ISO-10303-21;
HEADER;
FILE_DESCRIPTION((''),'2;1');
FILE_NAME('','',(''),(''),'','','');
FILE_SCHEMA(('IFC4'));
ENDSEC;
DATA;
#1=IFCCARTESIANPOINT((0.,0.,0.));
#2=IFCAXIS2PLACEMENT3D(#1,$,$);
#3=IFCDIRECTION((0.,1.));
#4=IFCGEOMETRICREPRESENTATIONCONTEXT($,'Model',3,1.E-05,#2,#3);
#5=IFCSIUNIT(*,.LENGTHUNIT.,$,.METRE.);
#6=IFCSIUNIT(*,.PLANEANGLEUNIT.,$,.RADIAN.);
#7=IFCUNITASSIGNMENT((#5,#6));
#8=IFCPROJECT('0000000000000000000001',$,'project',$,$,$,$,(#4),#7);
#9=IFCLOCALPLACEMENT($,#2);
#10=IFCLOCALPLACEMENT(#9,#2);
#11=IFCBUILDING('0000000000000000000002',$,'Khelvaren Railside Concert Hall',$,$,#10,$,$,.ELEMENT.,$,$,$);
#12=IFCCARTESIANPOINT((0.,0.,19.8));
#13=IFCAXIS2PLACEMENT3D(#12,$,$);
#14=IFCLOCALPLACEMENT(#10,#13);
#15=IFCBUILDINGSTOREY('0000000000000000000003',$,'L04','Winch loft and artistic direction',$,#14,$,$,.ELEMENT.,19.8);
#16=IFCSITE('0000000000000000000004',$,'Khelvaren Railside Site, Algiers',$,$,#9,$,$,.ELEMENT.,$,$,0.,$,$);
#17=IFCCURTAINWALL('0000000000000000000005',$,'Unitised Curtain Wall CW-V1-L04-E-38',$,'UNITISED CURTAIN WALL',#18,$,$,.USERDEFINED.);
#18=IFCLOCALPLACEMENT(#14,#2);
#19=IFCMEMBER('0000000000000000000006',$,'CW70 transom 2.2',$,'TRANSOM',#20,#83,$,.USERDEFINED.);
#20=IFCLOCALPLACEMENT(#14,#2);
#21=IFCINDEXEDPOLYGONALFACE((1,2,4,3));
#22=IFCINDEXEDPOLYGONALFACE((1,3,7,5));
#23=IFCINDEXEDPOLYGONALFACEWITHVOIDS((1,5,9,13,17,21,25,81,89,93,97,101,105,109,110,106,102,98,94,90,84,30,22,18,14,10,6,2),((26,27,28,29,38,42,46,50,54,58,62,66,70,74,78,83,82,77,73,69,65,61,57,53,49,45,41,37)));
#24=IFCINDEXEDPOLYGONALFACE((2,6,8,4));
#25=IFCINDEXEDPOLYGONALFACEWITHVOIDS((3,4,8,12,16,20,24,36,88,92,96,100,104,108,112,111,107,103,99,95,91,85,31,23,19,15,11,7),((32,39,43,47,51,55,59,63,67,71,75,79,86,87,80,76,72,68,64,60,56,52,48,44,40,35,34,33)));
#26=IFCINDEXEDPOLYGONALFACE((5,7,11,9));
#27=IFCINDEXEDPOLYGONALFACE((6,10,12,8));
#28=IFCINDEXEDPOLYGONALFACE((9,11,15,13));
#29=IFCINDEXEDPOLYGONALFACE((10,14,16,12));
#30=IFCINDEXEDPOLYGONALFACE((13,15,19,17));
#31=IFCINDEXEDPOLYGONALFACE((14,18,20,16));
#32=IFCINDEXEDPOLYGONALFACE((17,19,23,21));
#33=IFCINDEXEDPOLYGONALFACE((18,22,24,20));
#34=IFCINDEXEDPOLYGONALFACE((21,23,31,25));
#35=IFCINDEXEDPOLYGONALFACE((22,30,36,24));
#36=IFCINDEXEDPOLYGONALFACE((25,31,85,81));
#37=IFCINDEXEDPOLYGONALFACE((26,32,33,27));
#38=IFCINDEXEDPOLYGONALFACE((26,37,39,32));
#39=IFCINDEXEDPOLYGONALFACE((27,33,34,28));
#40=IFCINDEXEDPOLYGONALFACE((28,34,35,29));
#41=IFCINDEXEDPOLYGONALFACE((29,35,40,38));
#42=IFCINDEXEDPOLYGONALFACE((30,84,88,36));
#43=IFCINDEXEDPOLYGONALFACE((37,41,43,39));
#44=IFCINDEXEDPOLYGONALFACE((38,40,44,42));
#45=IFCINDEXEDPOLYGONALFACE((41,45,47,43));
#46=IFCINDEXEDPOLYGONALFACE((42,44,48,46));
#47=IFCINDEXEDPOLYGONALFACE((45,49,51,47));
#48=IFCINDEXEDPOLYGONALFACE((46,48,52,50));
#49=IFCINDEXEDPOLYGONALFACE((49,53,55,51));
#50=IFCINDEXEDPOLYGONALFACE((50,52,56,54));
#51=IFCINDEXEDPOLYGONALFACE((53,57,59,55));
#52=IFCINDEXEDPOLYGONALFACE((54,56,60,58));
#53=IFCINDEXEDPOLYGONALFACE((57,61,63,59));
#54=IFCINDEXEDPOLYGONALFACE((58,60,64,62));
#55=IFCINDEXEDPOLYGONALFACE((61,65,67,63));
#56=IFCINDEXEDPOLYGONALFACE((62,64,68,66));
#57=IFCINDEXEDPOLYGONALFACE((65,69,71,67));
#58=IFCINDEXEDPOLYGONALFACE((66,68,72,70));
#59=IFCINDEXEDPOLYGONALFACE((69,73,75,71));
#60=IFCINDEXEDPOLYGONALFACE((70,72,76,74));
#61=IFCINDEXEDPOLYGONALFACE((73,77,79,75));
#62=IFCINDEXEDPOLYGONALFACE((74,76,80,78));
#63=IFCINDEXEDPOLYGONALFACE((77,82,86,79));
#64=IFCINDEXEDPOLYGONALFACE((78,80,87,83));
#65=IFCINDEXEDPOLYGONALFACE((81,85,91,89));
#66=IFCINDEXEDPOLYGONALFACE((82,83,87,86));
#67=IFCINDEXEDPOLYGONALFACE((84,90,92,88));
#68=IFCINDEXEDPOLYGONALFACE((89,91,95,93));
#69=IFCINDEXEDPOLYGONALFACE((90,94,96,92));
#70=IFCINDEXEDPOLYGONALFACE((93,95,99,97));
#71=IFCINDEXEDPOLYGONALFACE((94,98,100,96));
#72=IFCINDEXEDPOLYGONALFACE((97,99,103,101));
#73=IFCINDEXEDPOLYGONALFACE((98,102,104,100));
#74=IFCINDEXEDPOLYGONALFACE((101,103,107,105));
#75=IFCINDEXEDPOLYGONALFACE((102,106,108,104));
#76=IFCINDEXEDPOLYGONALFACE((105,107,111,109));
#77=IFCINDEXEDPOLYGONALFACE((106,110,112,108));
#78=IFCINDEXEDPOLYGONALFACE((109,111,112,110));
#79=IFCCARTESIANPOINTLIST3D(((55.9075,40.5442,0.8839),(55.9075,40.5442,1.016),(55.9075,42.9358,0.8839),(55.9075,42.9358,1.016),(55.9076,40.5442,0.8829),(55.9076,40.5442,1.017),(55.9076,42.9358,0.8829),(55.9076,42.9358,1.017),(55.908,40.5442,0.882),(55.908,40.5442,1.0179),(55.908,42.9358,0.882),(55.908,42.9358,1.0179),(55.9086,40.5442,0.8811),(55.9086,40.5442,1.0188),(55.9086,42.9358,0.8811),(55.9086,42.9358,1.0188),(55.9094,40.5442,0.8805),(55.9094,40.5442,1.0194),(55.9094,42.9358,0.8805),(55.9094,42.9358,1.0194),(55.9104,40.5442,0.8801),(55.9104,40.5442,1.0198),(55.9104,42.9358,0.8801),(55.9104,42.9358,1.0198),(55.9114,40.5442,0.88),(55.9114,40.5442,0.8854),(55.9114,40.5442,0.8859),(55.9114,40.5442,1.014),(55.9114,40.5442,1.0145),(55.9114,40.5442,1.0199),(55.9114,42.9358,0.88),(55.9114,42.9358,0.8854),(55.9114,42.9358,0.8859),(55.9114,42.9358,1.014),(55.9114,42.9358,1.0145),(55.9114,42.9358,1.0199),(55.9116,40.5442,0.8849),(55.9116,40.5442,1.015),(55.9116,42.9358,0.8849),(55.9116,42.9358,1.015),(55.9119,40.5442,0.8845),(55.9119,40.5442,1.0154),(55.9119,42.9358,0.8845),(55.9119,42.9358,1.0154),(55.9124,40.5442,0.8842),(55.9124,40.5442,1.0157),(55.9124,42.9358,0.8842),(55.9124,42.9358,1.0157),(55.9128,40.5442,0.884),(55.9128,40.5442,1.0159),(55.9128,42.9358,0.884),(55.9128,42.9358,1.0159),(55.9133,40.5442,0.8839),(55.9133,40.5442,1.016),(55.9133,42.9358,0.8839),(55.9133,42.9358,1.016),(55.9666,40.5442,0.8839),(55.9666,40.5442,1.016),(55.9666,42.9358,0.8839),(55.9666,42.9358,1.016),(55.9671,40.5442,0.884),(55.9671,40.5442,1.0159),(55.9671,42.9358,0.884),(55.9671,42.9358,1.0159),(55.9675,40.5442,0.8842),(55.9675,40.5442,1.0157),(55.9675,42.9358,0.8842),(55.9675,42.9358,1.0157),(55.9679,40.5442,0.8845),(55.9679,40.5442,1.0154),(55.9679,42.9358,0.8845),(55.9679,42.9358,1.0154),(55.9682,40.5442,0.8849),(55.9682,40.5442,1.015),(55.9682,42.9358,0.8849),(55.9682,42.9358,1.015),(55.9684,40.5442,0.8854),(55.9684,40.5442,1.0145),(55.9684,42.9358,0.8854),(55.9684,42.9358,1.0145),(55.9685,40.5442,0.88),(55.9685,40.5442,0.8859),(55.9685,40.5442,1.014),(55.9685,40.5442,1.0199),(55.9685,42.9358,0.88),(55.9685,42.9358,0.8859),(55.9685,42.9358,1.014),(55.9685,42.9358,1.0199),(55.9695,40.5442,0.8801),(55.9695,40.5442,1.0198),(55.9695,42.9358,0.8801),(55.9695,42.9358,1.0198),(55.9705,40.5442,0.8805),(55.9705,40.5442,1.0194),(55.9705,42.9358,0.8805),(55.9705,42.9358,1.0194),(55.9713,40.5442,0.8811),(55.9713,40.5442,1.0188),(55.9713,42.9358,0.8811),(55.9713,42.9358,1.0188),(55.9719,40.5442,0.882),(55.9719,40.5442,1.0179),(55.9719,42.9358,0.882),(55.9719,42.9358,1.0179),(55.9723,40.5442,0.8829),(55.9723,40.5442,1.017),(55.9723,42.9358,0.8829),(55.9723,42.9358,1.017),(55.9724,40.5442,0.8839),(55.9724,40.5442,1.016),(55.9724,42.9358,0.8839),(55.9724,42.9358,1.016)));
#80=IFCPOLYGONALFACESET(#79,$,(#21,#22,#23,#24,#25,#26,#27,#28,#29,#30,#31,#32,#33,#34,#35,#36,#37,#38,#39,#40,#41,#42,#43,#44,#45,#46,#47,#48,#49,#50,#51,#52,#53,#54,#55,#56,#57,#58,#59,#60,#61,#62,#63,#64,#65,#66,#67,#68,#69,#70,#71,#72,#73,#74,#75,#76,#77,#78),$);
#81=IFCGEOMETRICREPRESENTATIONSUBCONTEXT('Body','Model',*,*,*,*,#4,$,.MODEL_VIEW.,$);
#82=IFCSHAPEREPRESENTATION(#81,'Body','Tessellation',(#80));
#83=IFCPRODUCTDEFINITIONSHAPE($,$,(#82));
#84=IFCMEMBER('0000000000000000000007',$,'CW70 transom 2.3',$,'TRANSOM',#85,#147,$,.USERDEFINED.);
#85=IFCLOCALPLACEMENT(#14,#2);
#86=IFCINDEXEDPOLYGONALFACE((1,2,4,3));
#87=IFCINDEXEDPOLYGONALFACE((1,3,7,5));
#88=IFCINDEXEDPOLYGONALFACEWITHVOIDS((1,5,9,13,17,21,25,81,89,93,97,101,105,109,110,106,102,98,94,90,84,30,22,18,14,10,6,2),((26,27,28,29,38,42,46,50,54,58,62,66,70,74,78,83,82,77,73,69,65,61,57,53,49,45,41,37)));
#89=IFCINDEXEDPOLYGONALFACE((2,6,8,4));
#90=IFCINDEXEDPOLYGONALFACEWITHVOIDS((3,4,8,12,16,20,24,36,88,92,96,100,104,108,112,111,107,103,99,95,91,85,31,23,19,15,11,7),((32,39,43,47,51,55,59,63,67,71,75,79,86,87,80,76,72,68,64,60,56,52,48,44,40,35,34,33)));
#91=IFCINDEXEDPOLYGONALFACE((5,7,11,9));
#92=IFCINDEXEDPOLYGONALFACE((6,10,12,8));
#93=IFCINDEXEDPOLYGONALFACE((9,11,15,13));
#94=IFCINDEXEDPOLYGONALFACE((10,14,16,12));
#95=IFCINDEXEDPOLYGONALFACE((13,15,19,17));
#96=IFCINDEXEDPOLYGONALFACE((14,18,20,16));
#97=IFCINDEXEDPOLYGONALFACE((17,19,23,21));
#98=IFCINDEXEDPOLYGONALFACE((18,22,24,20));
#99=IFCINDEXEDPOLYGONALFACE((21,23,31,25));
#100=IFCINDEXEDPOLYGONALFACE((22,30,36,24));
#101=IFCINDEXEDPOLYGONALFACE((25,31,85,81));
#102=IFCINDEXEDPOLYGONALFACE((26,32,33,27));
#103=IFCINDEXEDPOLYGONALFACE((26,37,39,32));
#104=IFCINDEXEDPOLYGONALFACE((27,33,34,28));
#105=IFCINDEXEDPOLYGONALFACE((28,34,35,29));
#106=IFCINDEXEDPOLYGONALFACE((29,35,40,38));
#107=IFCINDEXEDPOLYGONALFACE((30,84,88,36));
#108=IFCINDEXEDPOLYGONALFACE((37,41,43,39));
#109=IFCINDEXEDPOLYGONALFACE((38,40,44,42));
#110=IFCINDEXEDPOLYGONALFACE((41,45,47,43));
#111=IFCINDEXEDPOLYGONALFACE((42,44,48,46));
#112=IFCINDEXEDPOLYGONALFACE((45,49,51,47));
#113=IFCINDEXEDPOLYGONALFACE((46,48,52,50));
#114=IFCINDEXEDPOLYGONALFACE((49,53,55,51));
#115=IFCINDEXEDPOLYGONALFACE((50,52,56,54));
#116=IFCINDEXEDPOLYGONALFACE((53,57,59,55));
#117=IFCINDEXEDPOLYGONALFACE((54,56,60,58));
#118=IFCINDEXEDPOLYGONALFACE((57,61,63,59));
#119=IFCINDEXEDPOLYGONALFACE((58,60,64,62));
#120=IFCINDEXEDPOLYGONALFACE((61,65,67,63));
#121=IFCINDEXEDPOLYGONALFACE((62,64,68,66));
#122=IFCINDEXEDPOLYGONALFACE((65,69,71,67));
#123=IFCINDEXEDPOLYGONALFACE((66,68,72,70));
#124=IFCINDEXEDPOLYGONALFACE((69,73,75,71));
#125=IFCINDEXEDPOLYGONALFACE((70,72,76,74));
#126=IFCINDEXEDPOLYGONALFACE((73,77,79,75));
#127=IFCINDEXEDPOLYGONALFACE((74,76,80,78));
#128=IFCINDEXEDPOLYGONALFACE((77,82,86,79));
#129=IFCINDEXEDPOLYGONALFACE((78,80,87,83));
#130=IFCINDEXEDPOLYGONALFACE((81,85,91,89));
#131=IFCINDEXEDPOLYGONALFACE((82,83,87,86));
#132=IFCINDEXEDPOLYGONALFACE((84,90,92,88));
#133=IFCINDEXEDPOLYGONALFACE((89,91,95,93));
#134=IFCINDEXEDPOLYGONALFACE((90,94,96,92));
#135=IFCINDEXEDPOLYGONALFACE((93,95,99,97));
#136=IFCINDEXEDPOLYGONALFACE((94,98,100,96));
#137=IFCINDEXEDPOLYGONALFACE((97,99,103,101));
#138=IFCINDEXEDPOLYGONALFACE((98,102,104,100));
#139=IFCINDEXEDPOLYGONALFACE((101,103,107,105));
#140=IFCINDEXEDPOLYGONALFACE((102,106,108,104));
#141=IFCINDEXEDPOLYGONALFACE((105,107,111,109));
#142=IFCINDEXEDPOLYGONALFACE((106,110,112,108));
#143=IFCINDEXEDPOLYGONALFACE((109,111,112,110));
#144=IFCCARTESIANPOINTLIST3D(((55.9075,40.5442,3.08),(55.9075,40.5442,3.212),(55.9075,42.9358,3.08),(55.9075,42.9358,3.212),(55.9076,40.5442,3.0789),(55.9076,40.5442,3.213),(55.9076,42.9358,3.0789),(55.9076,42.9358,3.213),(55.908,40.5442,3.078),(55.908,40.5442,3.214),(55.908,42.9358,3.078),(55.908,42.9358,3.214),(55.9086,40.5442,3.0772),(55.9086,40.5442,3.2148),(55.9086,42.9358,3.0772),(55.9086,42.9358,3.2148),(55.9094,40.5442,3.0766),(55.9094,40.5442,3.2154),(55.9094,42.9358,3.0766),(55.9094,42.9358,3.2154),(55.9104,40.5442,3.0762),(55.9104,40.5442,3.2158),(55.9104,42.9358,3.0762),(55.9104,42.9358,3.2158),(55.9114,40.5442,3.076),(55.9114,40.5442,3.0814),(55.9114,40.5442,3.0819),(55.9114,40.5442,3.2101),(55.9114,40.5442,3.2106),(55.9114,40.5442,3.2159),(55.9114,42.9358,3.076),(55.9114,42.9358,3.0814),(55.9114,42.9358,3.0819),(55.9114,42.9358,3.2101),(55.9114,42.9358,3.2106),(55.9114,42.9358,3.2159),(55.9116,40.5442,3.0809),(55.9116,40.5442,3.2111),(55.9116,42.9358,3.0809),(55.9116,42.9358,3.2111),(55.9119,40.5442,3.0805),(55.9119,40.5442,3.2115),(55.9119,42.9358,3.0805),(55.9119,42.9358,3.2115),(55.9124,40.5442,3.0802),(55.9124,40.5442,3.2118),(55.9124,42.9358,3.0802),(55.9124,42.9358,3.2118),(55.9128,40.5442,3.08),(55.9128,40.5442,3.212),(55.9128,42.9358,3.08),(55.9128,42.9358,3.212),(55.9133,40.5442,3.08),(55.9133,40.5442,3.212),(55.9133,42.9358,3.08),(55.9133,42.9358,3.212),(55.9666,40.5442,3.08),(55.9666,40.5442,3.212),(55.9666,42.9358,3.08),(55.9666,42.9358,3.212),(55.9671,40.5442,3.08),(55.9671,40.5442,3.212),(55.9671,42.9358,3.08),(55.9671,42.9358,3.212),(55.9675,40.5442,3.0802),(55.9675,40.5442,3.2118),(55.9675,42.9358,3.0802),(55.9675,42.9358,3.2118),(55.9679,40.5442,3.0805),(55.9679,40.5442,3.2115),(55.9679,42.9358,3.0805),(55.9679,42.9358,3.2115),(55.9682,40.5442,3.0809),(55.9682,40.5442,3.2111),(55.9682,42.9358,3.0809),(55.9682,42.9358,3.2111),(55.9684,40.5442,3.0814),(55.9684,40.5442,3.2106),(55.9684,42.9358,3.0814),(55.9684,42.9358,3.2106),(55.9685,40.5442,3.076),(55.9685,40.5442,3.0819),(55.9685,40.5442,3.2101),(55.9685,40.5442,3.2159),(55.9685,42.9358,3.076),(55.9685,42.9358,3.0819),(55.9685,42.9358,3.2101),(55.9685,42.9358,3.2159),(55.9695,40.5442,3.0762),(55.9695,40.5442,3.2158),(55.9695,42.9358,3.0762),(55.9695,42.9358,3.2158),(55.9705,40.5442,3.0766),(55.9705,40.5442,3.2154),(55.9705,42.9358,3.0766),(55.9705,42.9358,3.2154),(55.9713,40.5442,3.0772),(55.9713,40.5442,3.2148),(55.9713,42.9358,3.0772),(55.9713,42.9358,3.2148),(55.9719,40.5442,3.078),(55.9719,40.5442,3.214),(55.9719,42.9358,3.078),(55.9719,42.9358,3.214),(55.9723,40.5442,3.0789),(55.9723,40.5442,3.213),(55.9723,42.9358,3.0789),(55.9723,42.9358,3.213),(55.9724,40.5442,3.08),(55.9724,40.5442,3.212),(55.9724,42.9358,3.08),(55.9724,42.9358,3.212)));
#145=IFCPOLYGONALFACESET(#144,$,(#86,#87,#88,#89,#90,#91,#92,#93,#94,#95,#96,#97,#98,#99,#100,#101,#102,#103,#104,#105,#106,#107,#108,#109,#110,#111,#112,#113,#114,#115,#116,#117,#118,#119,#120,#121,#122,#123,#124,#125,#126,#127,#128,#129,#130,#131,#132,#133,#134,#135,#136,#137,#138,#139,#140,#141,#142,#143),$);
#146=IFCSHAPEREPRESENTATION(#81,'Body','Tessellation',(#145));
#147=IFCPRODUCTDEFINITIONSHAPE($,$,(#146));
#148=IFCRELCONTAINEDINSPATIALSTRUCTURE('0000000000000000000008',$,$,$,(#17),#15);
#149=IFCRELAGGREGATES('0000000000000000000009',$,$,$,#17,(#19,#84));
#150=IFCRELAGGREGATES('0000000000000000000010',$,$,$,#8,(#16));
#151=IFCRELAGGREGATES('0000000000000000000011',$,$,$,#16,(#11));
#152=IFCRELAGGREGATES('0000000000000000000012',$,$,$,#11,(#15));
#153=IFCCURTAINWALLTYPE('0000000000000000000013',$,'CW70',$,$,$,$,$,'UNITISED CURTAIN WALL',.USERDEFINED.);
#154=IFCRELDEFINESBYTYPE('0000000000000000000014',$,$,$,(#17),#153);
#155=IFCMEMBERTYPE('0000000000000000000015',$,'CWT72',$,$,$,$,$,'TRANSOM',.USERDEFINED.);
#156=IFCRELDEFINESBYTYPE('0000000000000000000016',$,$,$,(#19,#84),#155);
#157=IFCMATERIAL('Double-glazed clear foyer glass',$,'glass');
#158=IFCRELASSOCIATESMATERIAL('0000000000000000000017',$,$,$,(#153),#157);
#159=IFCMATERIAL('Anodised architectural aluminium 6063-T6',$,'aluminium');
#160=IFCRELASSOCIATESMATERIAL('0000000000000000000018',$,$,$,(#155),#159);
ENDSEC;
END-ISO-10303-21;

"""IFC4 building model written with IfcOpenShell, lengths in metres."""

from ifc_helpers import new_model, si_unit, direction, frame, origin, origin_2d, place, context, subcontext, project, spatial, hollow_rectangle, extrude, material, material_profile, profile_set, type_object, element, aggregate, save


model = new_model("IFC4")

# Units and contexts
model_context = context("Model", 3, precision=1e-05, world=origin(), true_north=direction((0.0, 1.0)))
body_context = subcontext(model_context, "Body", "Model", "MODEL_VIEW")
ifc_project = project(units=[si_unit("LENGTHUNIT", "METRE"), si_unit("PLANEANGLEUNIT", "RADIAN")], contexts=[model_context])

# Site, building, storey
site_placement = place(None, origin())
site = spatial("IfcSite", under=ifc_project, at=site_placement, Name="Khelvaren Railside Site, Algiers", CompositionType="ELEMENT", RefElevation=0.0)
building_placement = place(site_placement, origin())
building = spatial("IfcBuilding", under=site, at=building_placement, Name="Khelvaren Railside Concert Hall", CompositionType="ELEMENT")
storey_placement = place(building_placement, frame((0.0, 0.0, 19.8)))
storey = spatial("IfcBuildingStorey", under=building, at=storey_placement, Name="L04", Description="Winch loft and artistic direction", CompositionType="ELEMENT", Elevation=19.8)

# Curtain wall
ifc_material_1 = material(Name="Double-glazed clear foyer glass", Category="glass")
ifc_material_2 = material(Name="Anodised architectural aluminium 6063-T6", Category="aluminium")
curtain_wall_type_1 = type_object("IfcCurtainWallType", Name="CW70", ElementType="UNITISED CURTAIN WALL", PredefinedType="USERDEFINED", material=ifc_material_1)
curtain_wall_1_placement = place(storey_placement, origin())
curtain_wall_1 = element("IfcCurtainWall", 1, at=curtain_wall_1_placement, inside=storey, type_object=curtain_wall_type_1, Name="Unitised Curtain Wall CW-V1-L04-E-38", ObjectType="UNITISED CURTAIN WALL", PredefinedType="USERDEFINED")

# Members
ifc_material_profile_1 = material_profile(ifc_material_2, hollow_rectangle(XDim=0.0649, YDim=0.1399, WallThickness=0.0039, InnerFilletRadius=0.002, OuterFilletRadius=0.0039, at=origin_2d()), Name="CWT 65x140x4")
ifc_profile_set_1 = profile_set([ifc_material_profile_1], Name="Anodised architectural aluminium 6063-T6")
member_type_1 = type_object("IfcMemberType", Name="CWT72", ElementType="TRANSOM", PredefinedType="USERDEFINED", material=ifc_profile_set_1)
member_1_placement = place(storey_placement, frame((55.9399, 42.9358, 0.95), z_axis=(0.0, -1.0, 0.0), x_axis=(1.0, 0.0, 0.0)))
member_1 = element("IfcMember", 2, at=member_1_placement, type_object=member_type_1, Name="CW70 transom 2.2", ObjectType="TRANSOM", PredefinedType="USERDEFINED", context=body_context, shape_type="SweptSolid", body=[
    extrude(hollow_rectangle(XDim=0.0649, YDim=0.1399, WallThickness=0.0039, InnerFilletRadius=0.002, OuterFilletRadius=0.0039, at=origin_2d()), origin(), (0.0, 0.0, 1.0), 2.3916),
])
member_2_placement = place(storey_placement, frame((55.9399, 42.9358, 3.146), z_axis=(0.0, -1.0, 0.0), x_axis=(1.0, 0.0, 0.0)))
member_2 = element("IfcMember", 3, at=member_2_placement, type_object=member_type_1, Name="CW70 transom 2.3", ObjectType="TRANSOM", PredefinedType="USERDEFINED", context=body_context, shape_type="SweptSolid", body=[
    extrude(hollow_rectangle(XDim=0.0649, YDim=0.1399, WallThickness=0.0039, InnerFilletRadius=0.002, OuterFilletRadius=0.0039, at=origin_2d()), origin(), (0.0, 0.0, 1.0), 2.3916),
])

aggregate(curtain_wall_1, [member_1, member_2])

save(model, "model.ifc")
